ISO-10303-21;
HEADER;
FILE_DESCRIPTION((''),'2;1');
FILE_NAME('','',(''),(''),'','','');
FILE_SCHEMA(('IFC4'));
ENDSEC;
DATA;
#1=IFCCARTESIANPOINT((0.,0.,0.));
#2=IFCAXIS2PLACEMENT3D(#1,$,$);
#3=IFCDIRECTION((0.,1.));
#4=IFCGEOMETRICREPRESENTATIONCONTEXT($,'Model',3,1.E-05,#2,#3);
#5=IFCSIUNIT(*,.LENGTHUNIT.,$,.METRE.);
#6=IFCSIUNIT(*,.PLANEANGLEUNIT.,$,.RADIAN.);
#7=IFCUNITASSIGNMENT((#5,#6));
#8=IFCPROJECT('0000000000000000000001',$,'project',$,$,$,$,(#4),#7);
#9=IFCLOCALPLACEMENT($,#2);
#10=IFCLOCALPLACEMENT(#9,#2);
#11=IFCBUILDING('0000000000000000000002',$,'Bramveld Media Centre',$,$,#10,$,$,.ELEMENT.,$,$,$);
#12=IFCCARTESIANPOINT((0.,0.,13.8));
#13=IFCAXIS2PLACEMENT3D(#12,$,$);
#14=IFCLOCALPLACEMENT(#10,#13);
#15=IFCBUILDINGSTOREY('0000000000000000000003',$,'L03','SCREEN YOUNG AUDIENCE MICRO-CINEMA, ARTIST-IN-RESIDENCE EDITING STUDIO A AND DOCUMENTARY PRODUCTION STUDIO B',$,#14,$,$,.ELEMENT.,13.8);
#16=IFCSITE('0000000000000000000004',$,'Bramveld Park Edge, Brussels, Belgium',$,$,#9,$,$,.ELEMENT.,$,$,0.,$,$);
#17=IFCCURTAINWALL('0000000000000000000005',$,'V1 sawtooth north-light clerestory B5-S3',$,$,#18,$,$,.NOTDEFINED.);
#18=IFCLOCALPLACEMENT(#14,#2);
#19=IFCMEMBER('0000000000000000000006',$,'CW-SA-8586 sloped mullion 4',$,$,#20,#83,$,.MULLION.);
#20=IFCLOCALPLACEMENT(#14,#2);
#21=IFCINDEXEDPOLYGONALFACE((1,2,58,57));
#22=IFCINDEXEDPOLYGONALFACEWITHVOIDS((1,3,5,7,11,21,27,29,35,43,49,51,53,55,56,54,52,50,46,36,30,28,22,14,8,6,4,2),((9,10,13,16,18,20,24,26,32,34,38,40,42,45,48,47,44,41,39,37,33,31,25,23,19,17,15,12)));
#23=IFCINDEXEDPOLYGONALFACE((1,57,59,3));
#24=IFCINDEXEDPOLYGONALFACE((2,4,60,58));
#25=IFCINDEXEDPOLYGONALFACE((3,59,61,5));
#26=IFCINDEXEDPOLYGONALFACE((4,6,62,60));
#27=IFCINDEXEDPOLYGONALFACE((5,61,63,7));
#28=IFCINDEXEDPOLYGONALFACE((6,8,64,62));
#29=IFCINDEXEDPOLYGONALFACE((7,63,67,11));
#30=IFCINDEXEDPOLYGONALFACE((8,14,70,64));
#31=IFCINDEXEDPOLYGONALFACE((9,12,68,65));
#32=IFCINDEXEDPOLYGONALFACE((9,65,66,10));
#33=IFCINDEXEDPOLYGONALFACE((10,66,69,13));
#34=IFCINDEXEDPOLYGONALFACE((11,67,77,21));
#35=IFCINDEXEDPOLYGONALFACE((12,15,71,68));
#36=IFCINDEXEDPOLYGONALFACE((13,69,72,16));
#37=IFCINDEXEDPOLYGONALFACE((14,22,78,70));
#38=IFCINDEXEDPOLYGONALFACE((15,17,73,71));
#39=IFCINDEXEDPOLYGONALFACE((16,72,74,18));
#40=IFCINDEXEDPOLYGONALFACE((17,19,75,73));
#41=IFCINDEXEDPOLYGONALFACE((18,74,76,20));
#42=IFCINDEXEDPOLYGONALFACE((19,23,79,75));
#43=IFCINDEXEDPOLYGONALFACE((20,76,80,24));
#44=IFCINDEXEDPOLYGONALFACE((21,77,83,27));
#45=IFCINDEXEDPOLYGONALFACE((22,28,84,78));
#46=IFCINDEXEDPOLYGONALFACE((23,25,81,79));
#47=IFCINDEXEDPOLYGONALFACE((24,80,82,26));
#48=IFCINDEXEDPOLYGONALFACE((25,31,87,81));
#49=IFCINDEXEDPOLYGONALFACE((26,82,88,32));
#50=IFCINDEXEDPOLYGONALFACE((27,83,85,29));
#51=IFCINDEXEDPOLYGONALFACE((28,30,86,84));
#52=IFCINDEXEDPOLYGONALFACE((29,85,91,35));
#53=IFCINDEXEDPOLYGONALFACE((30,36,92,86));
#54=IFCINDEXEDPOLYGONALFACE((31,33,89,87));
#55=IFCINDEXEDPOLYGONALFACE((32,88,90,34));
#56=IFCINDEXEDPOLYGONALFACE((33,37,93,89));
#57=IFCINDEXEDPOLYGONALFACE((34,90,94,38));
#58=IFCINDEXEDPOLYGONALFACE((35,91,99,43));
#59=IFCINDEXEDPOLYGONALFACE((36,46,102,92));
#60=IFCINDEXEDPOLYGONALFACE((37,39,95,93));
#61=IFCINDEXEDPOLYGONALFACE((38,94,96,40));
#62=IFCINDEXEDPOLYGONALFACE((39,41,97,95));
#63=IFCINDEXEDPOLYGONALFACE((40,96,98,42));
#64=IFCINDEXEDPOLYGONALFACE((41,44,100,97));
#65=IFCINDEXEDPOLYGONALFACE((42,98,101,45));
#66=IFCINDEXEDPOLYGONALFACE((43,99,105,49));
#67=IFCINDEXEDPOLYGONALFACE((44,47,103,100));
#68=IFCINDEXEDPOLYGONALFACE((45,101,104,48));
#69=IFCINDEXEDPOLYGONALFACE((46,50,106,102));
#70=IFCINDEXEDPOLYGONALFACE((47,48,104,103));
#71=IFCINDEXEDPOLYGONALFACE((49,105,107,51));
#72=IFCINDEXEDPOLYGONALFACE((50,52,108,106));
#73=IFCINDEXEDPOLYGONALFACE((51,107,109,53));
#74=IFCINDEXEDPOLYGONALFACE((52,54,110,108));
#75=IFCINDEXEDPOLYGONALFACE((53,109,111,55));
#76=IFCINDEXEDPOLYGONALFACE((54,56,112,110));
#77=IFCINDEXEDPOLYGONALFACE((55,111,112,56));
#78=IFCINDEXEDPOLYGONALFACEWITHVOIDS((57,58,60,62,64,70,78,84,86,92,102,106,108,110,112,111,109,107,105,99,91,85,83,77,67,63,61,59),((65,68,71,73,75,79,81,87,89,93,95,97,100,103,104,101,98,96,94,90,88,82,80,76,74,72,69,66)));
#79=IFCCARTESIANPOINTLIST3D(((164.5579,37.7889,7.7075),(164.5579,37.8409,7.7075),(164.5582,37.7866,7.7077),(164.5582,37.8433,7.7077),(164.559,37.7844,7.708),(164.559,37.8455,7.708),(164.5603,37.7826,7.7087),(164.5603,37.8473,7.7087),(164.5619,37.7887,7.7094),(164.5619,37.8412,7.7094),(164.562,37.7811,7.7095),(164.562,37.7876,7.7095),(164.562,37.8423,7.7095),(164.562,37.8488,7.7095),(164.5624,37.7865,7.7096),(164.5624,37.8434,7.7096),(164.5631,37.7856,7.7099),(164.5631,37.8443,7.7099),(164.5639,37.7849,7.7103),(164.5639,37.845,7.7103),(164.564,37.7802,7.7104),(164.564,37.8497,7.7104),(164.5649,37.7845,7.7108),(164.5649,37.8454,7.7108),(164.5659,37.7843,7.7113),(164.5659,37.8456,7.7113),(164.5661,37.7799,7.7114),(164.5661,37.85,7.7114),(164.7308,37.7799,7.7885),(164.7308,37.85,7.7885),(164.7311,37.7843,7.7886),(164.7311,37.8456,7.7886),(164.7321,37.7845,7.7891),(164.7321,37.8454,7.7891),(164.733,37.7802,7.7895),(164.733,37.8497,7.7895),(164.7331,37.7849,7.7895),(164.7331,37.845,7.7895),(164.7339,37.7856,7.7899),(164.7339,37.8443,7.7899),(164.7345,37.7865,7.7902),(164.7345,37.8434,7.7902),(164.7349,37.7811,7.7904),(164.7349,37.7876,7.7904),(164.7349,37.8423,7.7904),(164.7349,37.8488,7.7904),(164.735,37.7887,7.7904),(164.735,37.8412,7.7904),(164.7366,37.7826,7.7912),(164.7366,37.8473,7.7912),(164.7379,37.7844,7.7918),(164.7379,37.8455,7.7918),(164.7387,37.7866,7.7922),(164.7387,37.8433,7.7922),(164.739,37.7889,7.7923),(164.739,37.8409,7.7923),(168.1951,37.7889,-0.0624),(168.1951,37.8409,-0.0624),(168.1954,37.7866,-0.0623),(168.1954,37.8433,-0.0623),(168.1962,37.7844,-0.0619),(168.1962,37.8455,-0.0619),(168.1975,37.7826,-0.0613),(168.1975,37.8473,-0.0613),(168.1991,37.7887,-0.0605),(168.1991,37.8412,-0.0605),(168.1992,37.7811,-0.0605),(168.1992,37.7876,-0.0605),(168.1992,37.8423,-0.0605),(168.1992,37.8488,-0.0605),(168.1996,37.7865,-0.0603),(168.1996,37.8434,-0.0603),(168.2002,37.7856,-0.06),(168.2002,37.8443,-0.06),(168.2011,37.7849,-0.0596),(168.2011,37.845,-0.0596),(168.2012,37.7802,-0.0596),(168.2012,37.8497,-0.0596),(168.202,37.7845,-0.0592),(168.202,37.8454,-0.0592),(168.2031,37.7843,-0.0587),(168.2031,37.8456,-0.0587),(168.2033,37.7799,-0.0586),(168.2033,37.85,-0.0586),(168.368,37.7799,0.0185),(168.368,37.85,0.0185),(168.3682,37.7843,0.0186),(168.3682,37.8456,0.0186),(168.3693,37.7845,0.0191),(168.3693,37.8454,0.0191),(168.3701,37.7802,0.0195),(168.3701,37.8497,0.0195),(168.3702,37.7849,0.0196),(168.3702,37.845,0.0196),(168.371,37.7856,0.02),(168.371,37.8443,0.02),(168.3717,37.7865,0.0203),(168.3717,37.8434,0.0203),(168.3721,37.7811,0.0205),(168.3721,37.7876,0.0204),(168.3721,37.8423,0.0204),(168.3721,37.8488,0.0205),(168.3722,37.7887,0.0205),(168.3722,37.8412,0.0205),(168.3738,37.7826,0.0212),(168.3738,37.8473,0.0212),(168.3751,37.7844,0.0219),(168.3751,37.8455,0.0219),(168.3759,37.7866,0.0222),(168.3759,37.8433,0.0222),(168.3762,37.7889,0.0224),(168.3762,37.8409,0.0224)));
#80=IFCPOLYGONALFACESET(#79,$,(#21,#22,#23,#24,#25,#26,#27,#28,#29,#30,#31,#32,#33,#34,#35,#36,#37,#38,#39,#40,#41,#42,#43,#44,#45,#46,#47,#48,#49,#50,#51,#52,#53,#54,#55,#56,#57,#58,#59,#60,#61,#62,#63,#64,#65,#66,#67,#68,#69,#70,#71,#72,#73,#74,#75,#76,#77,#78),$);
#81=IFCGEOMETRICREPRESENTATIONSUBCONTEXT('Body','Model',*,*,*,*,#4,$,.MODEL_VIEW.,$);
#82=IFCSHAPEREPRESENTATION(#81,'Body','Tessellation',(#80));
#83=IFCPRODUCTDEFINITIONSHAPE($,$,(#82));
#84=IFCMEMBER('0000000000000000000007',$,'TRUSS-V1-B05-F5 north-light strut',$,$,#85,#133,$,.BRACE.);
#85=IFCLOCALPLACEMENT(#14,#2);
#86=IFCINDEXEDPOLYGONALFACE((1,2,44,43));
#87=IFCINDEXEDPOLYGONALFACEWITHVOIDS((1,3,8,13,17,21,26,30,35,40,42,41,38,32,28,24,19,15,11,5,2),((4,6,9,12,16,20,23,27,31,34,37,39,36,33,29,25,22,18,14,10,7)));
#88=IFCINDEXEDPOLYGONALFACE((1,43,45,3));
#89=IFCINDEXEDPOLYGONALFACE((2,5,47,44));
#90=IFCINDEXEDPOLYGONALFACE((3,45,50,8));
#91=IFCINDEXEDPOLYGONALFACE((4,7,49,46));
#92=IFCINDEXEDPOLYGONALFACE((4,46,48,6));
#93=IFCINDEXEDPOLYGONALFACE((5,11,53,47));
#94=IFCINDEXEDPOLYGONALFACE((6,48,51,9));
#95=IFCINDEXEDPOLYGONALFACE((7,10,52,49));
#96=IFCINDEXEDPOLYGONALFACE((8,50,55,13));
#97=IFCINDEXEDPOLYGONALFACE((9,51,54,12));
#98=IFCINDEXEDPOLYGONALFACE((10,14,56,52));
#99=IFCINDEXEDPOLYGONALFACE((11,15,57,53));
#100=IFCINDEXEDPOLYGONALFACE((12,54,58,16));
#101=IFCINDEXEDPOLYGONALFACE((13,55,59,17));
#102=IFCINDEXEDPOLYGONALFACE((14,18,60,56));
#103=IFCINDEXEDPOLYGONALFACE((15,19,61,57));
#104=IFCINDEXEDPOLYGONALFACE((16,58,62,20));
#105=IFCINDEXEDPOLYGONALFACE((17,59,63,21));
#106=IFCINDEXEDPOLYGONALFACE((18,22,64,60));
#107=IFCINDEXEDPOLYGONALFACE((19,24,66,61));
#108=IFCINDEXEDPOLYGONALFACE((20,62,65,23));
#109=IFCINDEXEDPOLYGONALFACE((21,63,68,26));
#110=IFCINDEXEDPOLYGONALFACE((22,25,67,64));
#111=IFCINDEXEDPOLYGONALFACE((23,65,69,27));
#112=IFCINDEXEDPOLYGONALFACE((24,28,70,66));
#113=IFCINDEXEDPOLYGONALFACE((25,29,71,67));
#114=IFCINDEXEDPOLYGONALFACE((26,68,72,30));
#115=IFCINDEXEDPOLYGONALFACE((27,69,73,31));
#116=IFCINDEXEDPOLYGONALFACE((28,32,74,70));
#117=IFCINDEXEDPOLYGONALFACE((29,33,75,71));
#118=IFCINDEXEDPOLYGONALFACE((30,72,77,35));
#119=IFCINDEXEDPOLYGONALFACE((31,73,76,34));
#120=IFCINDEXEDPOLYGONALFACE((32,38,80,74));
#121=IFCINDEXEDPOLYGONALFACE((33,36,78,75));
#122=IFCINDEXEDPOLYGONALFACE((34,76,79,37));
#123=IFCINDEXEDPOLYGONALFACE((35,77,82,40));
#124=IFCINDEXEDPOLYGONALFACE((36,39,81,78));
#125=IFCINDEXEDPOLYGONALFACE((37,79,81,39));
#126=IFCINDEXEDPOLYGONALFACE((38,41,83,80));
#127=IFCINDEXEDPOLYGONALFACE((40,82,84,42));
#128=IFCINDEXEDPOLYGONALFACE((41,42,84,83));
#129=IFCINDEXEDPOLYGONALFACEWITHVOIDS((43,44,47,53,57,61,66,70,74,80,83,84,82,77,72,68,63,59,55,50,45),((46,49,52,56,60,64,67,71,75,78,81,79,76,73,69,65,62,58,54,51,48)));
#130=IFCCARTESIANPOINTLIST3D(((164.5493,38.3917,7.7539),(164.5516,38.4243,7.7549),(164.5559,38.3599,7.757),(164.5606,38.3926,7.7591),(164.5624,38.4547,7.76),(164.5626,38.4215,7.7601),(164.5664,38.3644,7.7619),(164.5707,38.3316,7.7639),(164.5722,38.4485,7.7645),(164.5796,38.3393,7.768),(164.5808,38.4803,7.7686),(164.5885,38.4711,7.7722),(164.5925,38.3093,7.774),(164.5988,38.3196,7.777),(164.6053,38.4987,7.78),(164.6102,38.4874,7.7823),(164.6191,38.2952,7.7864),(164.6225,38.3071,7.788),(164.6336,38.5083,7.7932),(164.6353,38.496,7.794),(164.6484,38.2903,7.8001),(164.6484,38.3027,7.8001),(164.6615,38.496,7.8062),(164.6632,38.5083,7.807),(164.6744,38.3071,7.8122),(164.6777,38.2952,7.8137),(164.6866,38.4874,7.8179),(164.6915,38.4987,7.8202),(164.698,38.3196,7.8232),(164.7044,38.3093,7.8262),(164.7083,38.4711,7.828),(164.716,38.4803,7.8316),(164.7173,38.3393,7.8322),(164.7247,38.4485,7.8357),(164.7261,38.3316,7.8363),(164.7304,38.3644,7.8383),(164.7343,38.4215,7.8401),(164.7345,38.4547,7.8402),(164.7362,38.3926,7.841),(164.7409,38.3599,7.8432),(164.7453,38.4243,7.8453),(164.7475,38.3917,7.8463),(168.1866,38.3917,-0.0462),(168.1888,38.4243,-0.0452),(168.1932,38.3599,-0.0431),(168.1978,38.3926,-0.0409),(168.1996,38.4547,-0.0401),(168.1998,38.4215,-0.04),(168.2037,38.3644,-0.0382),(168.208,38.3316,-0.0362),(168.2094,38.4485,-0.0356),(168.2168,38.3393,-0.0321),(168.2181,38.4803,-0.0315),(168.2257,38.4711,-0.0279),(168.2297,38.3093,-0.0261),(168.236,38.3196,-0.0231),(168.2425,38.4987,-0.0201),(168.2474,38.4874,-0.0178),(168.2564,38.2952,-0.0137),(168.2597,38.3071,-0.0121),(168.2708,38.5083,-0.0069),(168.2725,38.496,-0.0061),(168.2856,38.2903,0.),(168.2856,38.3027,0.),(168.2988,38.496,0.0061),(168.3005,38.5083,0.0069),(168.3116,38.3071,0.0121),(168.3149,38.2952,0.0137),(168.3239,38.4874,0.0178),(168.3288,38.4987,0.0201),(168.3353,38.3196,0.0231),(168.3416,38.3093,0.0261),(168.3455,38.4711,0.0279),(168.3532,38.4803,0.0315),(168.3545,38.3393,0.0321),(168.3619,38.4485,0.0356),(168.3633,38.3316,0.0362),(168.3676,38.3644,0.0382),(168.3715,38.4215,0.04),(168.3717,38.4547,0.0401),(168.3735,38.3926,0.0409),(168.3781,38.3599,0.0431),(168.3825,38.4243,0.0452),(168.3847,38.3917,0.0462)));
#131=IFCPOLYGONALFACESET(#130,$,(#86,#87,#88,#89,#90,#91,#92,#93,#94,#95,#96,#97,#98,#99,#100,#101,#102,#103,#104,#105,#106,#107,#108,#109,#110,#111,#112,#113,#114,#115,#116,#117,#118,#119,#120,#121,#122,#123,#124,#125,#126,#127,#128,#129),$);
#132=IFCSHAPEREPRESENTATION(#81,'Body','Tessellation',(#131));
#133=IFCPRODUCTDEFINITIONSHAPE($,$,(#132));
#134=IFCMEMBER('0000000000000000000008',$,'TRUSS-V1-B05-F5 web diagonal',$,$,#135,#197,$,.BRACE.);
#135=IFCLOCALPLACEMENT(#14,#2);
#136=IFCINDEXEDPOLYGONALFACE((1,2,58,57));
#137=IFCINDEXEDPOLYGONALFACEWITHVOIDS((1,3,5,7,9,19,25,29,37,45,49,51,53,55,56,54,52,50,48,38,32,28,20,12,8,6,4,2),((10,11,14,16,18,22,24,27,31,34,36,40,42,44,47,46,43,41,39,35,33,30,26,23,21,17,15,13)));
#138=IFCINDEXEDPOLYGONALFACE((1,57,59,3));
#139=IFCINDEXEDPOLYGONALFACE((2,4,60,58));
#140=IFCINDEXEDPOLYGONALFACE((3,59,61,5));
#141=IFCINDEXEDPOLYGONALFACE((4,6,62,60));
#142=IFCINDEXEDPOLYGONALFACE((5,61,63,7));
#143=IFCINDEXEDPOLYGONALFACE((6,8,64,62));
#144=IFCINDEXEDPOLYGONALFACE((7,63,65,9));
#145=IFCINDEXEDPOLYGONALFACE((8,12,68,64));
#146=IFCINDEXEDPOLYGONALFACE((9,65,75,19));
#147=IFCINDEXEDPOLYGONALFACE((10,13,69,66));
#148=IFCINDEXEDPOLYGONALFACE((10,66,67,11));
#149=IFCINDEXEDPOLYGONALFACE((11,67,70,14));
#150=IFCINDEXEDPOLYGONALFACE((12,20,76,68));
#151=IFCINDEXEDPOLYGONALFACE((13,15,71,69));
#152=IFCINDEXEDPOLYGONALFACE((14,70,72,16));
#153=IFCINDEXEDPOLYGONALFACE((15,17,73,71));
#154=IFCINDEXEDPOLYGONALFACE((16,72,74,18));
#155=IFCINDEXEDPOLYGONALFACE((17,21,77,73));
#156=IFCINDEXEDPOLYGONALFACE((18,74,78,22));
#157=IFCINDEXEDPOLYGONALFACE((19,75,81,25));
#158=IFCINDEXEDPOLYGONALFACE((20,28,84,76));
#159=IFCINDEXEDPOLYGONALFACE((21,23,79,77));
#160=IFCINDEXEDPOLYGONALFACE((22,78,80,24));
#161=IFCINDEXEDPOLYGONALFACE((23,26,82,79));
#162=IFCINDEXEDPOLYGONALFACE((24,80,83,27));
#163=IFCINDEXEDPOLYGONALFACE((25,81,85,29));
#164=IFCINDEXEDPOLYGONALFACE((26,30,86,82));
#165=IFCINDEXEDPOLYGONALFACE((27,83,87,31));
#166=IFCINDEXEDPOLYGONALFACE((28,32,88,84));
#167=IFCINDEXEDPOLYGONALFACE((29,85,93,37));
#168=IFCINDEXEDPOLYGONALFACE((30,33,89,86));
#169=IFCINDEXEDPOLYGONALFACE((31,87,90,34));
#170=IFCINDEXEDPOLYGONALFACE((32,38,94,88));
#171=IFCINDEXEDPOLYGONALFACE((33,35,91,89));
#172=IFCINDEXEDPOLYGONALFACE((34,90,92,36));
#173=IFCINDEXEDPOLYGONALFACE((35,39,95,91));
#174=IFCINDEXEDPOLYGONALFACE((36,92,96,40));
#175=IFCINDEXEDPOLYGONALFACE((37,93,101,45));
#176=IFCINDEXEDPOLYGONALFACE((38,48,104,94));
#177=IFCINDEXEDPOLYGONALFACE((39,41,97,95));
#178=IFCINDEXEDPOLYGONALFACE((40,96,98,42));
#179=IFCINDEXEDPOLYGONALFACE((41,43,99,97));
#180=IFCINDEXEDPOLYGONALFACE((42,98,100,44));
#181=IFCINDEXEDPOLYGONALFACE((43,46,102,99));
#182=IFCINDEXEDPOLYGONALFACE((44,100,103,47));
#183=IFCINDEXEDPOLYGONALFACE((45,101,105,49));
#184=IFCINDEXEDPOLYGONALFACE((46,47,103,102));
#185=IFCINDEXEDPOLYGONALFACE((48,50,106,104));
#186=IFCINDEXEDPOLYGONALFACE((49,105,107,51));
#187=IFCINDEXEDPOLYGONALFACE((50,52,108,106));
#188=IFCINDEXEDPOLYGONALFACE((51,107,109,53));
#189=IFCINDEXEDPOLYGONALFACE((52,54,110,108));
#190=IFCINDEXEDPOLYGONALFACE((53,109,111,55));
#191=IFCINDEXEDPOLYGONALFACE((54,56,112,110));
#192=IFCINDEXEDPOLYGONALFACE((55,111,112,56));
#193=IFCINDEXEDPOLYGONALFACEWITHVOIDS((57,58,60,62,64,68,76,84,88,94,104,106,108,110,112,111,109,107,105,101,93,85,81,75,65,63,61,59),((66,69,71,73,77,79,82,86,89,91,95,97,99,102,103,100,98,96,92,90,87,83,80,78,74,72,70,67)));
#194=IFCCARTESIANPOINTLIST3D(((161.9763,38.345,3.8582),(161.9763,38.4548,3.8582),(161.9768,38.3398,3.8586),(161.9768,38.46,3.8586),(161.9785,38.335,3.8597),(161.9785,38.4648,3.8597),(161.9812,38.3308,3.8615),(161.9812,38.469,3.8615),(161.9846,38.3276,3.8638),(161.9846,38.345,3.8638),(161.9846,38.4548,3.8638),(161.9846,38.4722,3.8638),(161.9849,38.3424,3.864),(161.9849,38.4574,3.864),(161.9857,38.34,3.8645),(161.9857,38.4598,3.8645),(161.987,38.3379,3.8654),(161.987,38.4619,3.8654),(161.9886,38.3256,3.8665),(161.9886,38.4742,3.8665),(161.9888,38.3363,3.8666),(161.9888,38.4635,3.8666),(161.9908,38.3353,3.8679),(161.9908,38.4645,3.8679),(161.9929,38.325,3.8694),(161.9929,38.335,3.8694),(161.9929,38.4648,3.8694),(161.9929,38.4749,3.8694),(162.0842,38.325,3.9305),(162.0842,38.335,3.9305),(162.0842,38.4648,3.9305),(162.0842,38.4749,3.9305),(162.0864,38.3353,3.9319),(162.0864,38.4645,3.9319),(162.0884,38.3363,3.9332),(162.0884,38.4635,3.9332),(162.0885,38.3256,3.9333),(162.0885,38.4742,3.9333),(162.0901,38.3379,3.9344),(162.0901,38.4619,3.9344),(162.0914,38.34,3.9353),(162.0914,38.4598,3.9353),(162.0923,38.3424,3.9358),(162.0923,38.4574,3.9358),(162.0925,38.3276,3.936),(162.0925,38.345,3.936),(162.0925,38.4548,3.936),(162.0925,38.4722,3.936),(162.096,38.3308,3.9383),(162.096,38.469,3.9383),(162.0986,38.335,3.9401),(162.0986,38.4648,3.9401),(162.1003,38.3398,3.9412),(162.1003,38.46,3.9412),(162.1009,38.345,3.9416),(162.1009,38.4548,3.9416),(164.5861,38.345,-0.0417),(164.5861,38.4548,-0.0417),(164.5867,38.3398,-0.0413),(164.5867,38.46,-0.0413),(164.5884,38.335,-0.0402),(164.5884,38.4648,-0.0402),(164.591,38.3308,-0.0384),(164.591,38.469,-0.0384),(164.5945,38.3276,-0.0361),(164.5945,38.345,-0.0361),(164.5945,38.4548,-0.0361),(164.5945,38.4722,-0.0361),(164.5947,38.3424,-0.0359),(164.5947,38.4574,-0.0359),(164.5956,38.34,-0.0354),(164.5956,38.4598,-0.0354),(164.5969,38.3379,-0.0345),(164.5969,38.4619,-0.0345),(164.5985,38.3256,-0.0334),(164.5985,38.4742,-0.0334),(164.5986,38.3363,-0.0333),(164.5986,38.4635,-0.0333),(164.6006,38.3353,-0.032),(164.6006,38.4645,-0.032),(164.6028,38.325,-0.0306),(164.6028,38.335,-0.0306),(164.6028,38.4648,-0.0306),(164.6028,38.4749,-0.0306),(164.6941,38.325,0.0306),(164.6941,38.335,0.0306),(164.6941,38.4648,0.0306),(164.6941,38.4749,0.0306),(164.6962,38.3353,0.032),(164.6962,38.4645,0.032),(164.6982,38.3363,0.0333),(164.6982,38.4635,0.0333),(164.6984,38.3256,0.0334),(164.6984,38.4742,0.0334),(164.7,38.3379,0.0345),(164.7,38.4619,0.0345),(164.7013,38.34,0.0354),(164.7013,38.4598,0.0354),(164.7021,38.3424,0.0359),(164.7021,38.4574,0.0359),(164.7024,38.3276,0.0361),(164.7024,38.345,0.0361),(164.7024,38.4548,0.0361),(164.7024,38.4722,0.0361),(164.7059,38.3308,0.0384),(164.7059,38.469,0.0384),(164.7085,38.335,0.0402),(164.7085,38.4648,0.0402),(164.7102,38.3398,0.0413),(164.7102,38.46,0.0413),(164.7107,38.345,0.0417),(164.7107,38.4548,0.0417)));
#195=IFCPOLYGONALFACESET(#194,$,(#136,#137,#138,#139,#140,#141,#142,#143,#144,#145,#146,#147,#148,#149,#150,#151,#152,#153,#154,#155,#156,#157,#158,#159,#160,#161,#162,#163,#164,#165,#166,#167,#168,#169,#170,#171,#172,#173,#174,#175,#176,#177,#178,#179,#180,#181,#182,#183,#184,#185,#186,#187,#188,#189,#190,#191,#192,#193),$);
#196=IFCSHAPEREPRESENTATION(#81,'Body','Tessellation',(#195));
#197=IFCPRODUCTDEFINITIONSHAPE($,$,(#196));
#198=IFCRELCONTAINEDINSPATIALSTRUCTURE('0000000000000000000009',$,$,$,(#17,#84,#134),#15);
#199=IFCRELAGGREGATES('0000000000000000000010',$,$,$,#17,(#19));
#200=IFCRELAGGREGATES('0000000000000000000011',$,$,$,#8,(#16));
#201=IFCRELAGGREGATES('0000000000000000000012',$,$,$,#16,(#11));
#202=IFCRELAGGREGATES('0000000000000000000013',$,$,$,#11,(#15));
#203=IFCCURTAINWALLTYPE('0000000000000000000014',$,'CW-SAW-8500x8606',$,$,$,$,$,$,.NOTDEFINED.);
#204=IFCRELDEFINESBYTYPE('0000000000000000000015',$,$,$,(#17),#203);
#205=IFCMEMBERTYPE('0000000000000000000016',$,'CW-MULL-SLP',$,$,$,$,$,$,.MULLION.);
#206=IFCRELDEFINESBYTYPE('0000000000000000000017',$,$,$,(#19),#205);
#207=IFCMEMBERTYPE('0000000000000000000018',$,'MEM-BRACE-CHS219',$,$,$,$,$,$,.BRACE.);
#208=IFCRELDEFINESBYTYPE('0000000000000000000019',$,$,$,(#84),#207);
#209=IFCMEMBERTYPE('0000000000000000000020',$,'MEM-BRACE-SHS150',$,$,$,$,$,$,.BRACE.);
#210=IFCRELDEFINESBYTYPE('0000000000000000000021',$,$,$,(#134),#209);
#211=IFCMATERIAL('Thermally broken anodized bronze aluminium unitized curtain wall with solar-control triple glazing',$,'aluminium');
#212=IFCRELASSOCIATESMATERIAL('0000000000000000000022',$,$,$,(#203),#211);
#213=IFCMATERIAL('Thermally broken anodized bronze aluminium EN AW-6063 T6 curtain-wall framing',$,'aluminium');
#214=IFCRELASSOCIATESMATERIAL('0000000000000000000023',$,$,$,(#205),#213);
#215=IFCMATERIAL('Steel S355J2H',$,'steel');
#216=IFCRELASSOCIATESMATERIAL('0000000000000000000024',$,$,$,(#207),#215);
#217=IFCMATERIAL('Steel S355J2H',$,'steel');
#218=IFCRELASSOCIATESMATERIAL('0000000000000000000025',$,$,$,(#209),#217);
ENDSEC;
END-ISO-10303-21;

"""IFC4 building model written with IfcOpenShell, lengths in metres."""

from ifc_helpers import new_model, si_unit, direction, frame, origin, origin_2d, place, context, subcontext, project, spatial, hollow_rectangle, hollow_circle, extrude, material, material_profile, profile_set, type_object, element, aggregate, save


model = new_model("IFC4")

# Units and contexts
model_context = context("Model", 3, precision=1e-05, world=origin(), true_north=direction((0.0, 1.0)))
body_context = subcontext(model_context, "Body", "Model", "MODEL_VIEW")
ifc_project = project(units=[si_unit("LENGTHUNIT", "METRE"), si_unit("PLANEANGLEUNIT", "RADIAN")], contexts=[model_context])

# Site, building, storey
site_placement = place(None, origin())
site = spatial("IfcSite", under=ifc_project, at=site_placement, Name="Bramveld Park Edge, Brussels, Belgium", CompositionType="ELEMENT", RefElevation=0.0)
building_placement = place(site_placement, origin())
building = spatial("IfcBuilding", under=site, at=building_placement, Name="Bramveld Media Centre", CompositionType="ELEMENT")
storey_placement = place(building_placement, frame((0.0, 0.0, 13.8)))
storey = spatial("IfcBuildingStorey", under=building, at=storey_placement, Name="L03", Description="SCREEN YOUNG AUDIENCE MICRO-CINEMA, ARTIST-IN-RESIDENCE EDITING STUDIO A AND DOCUMENTARY PRODUCTION STUDIO B", CompositionType="ELEMENT", Elevation=13.8)

# Curtain wall, member
ifc_material_1 = material(Name="Thermally broken anodized bronze aluminium unitized curtain wall with solar-control triple glazing", Category="aluminium")
curtain_wall_type = type_object("IfcCurtainWallType", Name="CW-SAW-8500x8606", PredefinedType="NOTDEFINED", material=ifc_material_1)
curtain_wall_placement = place(storey_placement, origin())
curtain_wall = element("IfcCurtainWall", 1, at=curtain_wall_placement, inside=storey, type_object=curtain_wall_type, Name="V1 sawtooth north-light clerestory B5-S3", PredefinedType="NOTDEFINED")
ifc_material_2 = material(Name="Thermally broken anodized bronze aluminium EN AW-6063 T6 curtain-wall framing", Category="aluminium")
ifc_material_profile_1 = material_profile(ifc_material_2, hollow_rectangle(XDim=0.0701, YDim=0.2, WallThickness=0.0044, InnerFilletRadius=0.0044, OuterFilletRadius=0.009, at=origin_2d()), Name="AL-MULL 70x200")
ifc_profile_set_1 = profile_set([ifc_material_profile_1], Name="Thermally broken anodized bronze aluminium EN AW-6063 T6 curtain-wall framing")
member_type_1 = type_object("IfcMemberType", Name="CW-MULL-SLP", PredefinedType="MULLION", material=ifc_profile_set_1)
member_1_placement = place(storey_placement, frame((168.2856, 37.8149, -0.02), z_axis=(-0.423957, 0.0, 0.905682), x_axis=(0.0, -1.0, 0.0)))
member_1 = element("IfcMember", 2, at=member_1_placement, type_object=member_type_1, Name="CW-SA-8586 sloped mullion 4", PredefinedType="MULLION", context=body_context, shape_type="SweptSolid", body=[
    extrude(hollow_rectangle(XDim=0.0701, YDim=0.2, WallThickness=0.0044, InnerFilletRadius=0.0044, OuterFilletRadius=0.009, at=origin_2d()), origin(), (0.0, 0.0, 1.0), 8.5791),
])
aggregate(curtain_wall, [member_1])

# Members
ifc_material_3 = material(Name="Steel S355J2H", Category="steel")
ifc_material_profile_2 = material_profile(ifc_material_3, hollow_circle(Radius=0.1096, WallThickness=0.0125, at=origin_2d()), Name="CHS 219.1x12.5")
ifc_profile_set_2 = profile_set([ifc_material_profile_2], Name="Steel S355J2H")
member_type_2 = type_object("IfcMemberType", Name="MEM-BRACE-CHS219", PredefinedType="BRACE", material=ifc_profile_set_2)
member_2_placement = place(storey_placement, frame((168.2856, 38.3999, 0.0), z_axis=(-0.422617, 0.0, 0.906308), x_axis=(0.0, -1.0, 0.0)))
element("IfcMember", 3, at=member_2_placement, inside=storey, type_object=member_type_2, Name="TRUSS-V1-B05-F5 north-light strut", PredefinedType="BRACE", context=body_context, shape_type="SweptSolid", body=[
    extrude(hollow_circle(Radius=0.1096, WallThickness=0.0125, at=origin_2d()), origin(), (0.0, 0.0, 1.0), 8.6064),
])
ifc_material_4 = material(Name="Steel S355J2H", Category="steel")
ifc_material_profile_3 = material_profile(ifc_material_4, hollow_rectangle(XDim=0.1499, YDim=0.1499, WallThickness=0.01, InnerFilletRadius=0.01, OuterFilletRadius=0.02, at=origin_2d()), Name="SHS 150x150x10")
ifc_profile_set_3 = profile_set([ifc_material_profile_3], Name="Steel S355J2H")
member_type_3 = type_object("IfcMemberType", Name="MEM-BRACE-SHS150", PredefinedType="BRACE", material=ifc_profile_set_3)
member_3_placement = place(storey_placement, frame((164.6484, 38.3999, 0.0), z_axis=(-0.556164, 0.0, 0.831073), x_axis=(0.0, -1.0, 0.0)))
element("IfcMember", 4, at=member_3_placement, inside=storey, type_object=member_type_3, Name="TRUSS-V1-B05-F5 web diagonal", PredefinedType="BRACE", context=body_context, shape_type="SweptSolid", body=[
    extrude(hollow_rectangle(XDim=0.1499, YDim=0.1499, WallThickness=0.01, InnerFilletRadius=0.01, OuterFilletRadius=0.02, at=origin_2d()), origin(), (0.0, 0.0, 1.0), 4.6926),
])

save(model, "model.ifc")
